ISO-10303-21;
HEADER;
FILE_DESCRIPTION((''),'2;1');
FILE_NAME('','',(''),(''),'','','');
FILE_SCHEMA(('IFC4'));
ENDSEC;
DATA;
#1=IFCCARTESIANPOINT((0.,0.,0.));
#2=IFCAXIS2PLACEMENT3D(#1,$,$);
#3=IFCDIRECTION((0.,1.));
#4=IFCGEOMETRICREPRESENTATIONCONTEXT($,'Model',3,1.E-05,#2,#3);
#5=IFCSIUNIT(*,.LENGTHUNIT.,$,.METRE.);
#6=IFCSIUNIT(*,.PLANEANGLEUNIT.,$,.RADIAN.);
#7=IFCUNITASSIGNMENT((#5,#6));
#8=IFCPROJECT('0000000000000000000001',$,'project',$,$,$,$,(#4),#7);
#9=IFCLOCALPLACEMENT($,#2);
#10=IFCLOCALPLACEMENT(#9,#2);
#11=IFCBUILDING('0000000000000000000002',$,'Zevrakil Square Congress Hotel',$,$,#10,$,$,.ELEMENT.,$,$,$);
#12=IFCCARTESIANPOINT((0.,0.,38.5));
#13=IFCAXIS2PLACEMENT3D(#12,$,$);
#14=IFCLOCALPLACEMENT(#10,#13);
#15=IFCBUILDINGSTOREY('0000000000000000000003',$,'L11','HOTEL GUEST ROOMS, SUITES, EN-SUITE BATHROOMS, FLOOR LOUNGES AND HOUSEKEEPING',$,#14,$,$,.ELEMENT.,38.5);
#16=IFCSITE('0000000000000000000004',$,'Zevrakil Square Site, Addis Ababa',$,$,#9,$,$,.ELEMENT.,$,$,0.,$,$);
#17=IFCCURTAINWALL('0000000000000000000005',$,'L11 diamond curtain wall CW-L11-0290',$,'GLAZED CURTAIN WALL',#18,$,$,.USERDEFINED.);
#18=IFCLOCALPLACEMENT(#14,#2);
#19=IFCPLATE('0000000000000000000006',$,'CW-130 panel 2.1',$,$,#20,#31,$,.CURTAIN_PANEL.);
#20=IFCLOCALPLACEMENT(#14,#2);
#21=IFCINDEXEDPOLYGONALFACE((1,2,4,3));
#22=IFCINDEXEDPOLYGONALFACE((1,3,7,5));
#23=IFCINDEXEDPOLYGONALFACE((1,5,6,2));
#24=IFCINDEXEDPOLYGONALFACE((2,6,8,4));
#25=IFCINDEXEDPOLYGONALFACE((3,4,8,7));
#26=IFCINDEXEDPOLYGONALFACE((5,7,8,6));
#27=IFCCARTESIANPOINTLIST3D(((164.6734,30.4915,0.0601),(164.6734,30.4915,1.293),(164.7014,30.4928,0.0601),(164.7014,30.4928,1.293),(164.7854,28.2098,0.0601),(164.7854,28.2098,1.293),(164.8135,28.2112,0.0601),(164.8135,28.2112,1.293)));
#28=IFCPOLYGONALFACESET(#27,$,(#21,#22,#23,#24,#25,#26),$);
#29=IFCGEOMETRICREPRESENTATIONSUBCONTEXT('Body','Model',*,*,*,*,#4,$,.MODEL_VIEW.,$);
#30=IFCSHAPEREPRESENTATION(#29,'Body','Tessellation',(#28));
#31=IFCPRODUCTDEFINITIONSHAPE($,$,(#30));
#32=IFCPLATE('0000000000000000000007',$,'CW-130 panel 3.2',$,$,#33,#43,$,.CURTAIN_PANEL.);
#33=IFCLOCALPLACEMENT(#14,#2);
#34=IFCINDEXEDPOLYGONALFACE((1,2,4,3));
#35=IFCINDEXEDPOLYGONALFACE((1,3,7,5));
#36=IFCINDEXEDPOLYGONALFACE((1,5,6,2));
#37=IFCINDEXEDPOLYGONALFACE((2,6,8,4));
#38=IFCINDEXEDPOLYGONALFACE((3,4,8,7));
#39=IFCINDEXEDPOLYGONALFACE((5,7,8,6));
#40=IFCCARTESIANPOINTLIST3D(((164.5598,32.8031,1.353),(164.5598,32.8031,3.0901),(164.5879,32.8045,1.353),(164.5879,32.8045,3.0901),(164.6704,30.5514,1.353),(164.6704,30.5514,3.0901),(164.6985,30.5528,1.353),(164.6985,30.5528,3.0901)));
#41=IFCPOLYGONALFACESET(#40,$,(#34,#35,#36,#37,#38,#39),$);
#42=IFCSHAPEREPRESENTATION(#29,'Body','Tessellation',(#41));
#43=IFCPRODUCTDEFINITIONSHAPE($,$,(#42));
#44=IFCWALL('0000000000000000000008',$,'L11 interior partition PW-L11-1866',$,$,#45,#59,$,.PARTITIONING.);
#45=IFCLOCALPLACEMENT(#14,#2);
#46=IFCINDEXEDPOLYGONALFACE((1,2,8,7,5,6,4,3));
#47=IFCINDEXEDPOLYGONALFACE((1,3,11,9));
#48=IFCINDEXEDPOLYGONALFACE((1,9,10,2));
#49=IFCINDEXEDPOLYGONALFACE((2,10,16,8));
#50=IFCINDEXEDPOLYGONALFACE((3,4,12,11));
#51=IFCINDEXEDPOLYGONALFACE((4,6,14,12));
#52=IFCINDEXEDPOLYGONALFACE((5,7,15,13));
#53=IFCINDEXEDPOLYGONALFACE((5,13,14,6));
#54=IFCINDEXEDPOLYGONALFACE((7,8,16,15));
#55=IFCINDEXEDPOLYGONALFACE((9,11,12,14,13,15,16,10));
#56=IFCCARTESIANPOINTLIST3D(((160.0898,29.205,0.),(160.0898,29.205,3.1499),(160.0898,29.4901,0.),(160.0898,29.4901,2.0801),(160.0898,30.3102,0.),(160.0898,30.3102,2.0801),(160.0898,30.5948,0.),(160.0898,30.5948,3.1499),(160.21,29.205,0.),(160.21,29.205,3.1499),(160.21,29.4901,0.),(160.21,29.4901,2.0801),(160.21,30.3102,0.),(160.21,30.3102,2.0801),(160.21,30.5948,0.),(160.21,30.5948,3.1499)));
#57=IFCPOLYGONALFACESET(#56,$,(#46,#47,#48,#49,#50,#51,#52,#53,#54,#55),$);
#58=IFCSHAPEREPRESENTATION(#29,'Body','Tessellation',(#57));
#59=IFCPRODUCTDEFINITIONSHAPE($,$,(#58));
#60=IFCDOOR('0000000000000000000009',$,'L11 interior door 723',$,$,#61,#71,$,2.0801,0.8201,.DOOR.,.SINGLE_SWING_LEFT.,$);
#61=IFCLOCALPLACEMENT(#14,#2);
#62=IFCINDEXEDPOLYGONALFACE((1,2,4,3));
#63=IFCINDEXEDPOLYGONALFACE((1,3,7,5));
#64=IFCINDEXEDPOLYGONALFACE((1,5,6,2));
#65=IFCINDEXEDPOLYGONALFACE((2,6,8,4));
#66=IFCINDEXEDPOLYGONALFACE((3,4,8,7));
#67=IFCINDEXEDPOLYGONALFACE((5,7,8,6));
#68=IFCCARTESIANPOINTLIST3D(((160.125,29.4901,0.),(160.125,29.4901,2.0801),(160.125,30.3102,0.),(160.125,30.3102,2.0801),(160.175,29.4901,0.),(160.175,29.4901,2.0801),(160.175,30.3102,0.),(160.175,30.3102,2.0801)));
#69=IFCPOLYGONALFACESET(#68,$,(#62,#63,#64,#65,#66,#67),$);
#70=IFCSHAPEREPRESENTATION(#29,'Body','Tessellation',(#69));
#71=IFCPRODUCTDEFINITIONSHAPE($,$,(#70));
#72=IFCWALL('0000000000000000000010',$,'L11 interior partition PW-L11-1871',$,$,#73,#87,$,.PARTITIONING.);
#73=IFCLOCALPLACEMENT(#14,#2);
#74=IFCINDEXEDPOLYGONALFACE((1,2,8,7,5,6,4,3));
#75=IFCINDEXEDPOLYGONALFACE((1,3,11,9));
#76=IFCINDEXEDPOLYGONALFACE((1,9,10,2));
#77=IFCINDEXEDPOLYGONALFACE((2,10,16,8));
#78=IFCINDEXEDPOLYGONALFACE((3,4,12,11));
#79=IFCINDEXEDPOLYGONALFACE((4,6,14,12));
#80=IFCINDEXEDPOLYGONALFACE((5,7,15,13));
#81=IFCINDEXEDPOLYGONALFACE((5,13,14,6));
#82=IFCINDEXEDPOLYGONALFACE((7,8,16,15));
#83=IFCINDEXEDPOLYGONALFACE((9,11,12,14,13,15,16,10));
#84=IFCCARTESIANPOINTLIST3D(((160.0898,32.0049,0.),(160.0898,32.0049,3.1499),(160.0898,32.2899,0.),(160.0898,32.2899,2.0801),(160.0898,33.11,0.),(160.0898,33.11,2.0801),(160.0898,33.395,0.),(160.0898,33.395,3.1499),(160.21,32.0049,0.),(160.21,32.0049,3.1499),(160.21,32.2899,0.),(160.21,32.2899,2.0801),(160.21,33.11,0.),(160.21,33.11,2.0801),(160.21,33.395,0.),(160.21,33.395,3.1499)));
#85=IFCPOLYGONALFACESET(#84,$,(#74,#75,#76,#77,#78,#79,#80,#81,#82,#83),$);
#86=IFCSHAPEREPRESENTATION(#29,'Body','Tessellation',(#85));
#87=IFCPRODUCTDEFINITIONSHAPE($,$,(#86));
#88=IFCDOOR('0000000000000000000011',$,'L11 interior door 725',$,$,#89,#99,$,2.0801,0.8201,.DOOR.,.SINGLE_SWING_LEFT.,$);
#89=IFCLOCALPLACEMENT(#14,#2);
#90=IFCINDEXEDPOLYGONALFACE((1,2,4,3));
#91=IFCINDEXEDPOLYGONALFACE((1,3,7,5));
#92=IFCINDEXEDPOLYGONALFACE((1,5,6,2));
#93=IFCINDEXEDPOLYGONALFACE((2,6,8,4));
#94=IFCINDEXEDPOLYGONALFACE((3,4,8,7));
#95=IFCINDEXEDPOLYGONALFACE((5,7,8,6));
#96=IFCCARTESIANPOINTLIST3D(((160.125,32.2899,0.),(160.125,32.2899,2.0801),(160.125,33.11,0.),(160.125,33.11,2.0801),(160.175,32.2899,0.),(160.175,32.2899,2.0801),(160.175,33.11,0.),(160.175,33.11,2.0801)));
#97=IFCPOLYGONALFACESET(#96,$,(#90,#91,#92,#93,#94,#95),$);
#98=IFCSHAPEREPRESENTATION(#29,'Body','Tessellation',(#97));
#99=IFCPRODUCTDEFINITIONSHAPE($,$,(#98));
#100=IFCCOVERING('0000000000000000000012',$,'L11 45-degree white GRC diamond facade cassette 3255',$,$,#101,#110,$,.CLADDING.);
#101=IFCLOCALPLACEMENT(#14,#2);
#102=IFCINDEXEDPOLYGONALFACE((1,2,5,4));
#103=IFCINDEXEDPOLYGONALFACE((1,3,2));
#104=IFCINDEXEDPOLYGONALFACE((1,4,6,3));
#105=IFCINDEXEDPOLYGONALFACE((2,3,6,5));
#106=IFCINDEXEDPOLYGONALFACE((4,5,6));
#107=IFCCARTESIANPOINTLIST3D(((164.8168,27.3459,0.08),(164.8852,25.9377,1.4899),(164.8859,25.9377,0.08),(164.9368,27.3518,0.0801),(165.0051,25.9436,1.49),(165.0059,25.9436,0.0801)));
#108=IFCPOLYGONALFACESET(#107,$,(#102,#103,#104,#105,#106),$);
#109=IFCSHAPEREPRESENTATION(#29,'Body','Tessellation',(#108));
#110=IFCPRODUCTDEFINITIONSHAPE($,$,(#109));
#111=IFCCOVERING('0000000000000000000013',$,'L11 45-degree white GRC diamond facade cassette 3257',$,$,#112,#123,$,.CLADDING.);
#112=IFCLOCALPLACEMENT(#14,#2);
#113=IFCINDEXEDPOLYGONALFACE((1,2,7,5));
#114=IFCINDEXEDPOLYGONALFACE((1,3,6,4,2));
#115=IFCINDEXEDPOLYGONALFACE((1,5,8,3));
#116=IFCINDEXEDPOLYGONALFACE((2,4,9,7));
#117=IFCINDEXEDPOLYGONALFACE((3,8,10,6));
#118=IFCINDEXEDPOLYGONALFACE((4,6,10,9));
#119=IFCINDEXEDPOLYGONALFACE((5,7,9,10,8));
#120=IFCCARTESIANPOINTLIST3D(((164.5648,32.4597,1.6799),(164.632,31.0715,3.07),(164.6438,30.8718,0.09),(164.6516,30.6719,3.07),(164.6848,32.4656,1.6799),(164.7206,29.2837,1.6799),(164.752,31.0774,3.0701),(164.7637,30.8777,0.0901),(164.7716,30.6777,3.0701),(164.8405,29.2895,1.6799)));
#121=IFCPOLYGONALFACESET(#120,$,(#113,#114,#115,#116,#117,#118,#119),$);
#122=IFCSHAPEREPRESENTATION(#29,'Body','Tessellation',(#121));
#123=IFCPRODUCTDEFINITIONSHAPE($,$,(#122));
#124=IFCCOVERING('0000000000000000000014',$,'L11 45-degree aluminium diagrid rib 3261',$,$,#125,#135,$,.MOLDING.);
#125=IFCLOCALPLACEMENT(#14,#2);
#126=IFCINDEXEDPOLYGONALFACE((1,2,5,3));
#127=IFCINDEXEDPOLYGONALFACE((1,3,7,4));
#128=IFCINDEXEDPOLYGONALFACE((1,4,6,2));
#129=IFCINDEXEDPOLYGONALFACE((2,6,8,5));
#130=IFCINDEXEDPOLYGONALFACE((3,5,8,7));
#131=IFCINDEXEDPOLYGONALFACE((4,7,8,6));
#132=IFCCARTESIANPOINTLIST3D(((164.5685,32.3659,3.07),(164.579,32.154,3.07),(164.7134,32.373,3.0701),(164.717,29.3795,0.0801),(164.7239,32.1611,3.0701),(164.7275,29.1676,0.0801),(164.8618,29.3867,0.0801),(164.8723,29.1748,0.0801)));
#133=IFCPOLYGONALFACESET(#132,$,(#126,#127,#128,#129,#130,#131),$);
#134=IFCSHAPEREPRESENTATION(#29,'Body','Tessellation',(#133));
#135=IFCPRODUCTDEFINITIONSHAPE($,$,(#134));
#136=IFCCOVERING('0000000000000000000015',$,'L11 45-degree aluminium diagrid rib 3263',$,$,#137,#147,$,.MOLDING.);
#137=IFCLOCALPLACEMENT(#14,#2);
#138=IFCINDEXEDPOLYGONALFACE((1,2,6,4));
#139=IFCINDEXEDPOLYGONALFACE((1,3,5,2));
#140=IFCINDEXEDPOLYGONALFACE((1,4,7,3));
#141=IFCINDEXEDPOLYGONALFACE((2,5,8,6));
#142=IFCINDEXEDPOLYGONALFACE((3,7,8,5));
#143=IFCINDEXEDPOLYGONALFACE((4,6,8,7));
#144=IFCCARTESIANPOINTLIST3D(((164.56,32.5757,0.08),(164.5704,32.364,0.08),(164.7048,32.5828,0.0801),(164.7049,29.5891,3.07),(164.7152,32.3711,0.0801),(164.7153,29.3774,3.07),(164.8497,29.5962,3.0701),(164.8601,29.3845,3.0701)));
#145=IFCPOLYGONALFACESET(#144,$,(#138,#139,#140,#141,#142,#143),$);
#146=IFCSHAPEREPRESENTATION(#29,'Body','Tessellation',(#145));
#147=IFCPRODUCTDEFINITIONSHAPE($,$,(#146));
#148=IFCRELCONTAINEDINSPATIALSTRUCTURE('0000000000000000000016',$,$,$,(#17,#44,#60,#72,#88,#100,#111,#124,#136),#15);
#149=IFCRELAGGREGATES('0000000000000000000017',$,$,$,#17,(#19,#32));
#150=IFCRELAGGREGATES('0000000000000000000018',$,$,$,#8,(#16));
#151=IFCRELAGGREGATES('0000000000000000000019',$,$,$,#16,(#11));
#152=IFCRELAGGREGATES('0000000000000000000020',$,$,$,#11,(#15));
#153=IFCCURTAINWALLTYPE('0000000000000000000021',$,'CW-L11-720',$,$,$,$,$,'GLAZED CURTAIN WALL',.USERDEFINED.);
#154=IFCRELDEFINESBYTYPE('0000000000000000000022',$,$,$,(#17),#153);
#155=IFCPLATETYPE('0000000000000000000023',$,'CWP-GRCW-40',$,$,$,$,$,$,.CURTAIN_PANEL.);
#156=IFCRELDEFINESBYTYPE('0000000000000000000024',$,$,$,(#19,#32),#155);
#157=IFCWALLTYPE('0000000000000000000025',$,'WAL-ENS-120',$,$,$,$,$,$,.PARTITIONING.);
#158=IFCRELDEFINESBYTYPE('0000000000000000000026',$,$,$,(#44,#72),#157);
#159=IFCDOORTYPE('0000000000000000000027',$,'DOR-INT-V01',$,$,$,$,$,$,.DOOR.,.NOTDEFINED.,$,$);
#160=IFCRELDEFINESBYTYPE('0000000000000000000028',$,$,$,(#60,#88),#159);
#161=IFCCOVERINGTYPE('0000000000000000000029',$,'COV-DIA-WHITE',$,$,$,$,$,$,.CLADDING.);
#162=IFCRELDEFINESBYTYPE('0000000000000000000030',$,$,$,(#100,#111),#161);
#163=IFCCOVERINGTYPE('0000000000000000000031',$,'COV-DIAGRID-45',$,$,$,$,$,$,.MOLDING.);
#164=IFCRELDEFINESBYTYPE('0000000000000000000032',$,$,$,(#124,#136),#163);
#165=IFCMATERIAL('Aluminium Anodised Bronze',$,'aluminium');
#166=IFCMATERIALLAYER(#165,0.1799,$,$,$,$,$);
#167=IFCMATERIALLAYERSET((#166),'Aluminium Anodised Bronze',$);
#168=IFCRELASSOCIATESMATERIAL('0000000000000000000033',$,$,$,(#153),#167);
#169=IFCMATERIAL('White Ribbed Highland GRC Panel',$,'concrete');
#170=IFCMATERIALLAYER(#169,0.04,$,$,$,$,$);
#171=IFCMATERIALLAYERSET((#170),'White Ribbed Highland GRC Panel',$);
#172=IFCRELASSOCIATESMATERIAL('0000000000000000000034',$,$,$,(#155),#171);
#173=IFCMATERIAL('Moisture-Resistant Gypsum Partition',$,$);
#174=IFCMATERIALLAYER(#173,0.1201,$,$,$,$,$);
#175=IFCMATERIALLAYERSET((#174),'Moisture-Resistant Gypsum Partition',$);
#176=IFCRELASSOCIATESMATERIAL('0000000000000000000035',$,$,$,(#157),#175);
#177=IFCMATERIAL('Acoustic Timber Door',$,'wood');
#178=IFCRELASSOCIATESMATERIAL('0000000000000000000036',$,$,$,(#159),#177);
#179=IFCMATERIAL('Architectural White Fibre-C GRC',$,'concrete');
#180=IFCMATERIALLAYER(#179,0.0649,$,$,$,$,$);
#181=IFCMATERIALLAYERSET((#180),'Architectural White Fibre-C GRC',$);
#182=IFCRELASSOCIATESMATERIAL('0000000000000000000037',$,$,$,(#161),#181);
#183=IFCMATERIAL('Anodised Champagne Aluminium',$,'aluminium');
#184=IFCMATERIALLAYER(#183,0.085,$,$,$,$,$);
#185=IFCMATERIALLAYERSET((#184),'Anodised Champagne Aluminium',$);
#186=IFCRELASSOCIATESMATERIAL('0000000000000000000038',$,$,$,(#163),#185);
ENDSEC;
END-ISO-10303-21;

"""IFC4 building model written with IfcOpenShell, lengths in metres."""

from ifc_helpers import new_model, si_unit, direction, frame, frame_2d, origin, origin_2d, place, context, subcontext, project, spatial, polyline, rectangle, outline, extrude, material, layer, layer_set, type_object, element, fill, aggregate, save


model = new_model("IFC4")

# Units and contexts
model_context = context("Model", 3, precision=1e-05, world=origin(), true_north=direction((0.0, 1.0)))
body_context = subcontext(model_context, "Body", "Model", "MODEL_VIEW")
ifc_project = project(units=[si_unit("LENGTHUNIT", "METRE"), si_unit("PLANEANGLEUNIT", "RADIAN")], contexts=[model_context])

# Site, building, storey
site_placement = place(None, origin())
site = spatial("IfcSite", under=ifc_project, at=site_placement, Name="Zevrakil Square Site, Addis Ababa", CompositionType="ELEMENT", RefElevation=0.0)
building_placement = place(site_placement, origin())
building = spatial("IfcBuilding", under=site, at=building_placement, Name="Zevrakil Square Congress Hotel", CompositionType="ELEMENT")
storey_placement = place(building_placement, frame((0.0, 0.0, 38.5)))
storey = spatial("IfcBuildingStorey", under=building, at=storey_placement, Name="L11", Description="HOTEL GUEST ROOMS, SUITES, EN-SUITE BATHROOMS, FLOOR LOUNGES AND HOUSEKEEPING", CompositionType="ELEMENT", Elevation=38.5)

# Curtain wall
ifc_material_1 = material(Name="Aluminium Anodised Bronze", Category="aluminium")
ifc_layer_1 = layer(ifc_material_1, 0.1799)
ifc_layer_set_1 = layer_set([ifc_layer_1], Name="Aluminium Anodised Bronze")
curtain_wall_type = type_object("IfcCurtainWallType", Name="CW-L11-720", ElementType="GLAZED CURTAIN WALL", PredefinedType="USERDEFINED", material=ifc_layer_set_1)
curtain_wall_placement = place(storey_placement, origin())
curtain_wall = element("IfcCurtainWall", 1, at=curtain_wall_placement, inside=storey, type_object=curtain_wall_type, Name="L11 diamond curtain wall CW-L11-0290", ObjectType="GLAZED CURTAIN WALL", PredefinedType="USERDEFINED")

# Plates
ifc_material_2 = material(Name="White Ribbed Highland GRC Panel", Category="concrete")
ifc_layer_2 = layer(ifc_material_2, 0.04)
ifc_layer_set_2 = layer_set([ifc_layer_2], Name="White Ribbed Highland GRC Panel")
plate_type_1 = type_object("IfcPlateType", Name="CWP-GRCW-40", PredefinedType="CURTAIN_PANEL", material=ifc_layer_set_2)
plate_1_placement = place(storey_placement, frame((164.7434, 29.3513, 0.0601), z_axis=(0.0, 0.0, 1.0), x_axis=(-0.049053, 0.998796, 0.0)))
plate_1 = element("IfcPlate", 2, at=plate_1_placement, type_object=plate_type_1, Name="CW-130 panel 2.1", PredefinedType="CURTAIN_PANEL", context=body_context, shape_type="SweptSolid", body=[
    extrude(rectangle(XDim=2.2844, YDim=0.0281, at=origin_2d()), origin(), (0.0, 0.0, 1.0), 1.2329),
])
plate_2_placement = place(storey_placement, frame((164.6292, 31.678, 1.353), z_axis=(0.0, 0.0, 1.0), x_axis=(-0.049053, 0.998796, 0.0)))
plate_2 = element("IfcPlate", 3, at=plate_2_placement, type_object=plate_type_1, Name="CW-130 panel 3.2", PredefinedType="CURTAIN_PANEL", context=body_context, shape_type="SweptSolid", body=[
    extrude(rectangle(XDim=2.2544, YDim=0.0281, at=origin_2d()), origin(), (0.0, 0.0, 1.0), 1.7371),
])
aggregate(curtain_wall, [plate_1, plate_2])

# Walls, openings, doors
ifc_material_3 = material(Name="Moisture-Resistant Gypsum Partition")
ifc_layer_3 = layer(ifc_material_3, 0.1201)
ifc_layer_set_3 = layer_set([ifc_layer_3], Name="Moisture-Resistant Gypsum Partition")
wall_type = type_object("IfcWallType", Name="WAL-ENS-120", PredefinedType="PARTITIONING", material=ifc_layer_set_3)
wall_1_placement = place(storey_placement, frame((160.1499, 29.2051, 0.0), z_axis=(0.0, 0.0, 1.0), x_axis=(0.0, 1.0, 0.0)))
wall_1 = element("IfcWall", 4, at=wall_1_placement, inside=storey, type_object=wall_type, Name="L11 interior partition PW-L11-1866", PredefinedType="PARTITIONING", context=body_context, shape_type="SweptSolid", body=[
    extrude(rectangle(XDim=1.3899, YDim=0.1201, at=frame_2d((0.6948, 0.0))), origin(), (0.0, 0.0, 1.0), 3.1499),
])
opening_1_placement = place(wall_1_placement, frame((0.2849, 0.0, 0.0)))
opening_1 = element("IfcOpeningElement", 5, at=opening_1_placement, cuts=wall_1, PredefinedType="OPENING", context=body_context, shape_type="SweptSolid", body=[
    extrude(rectangle(XDim=0.8201, YDim=2.0801, at=frame_2d((0.4102, 1.04))), frame((0.0, 0.0701, 0.0), z_axis=(0.0, -1.0, 0.0), x_axis=(1.0, 0.0, 0.0)), (0.0, 0.0, 1.0), 0.1401),
])
ifc_material_4 = material(Name="Acoustic Timber Door", Category="wood")
door_type = type_object("IfcDoorType", Name="DOR-INT-V01", OperationType="NOTDEFINED", PredefinedType="DOOR", material=ifc_material_4)
door_1_placement = place(opening_1_placement, origin())
door_1 = element("IfcDoor", 6, at=door_1_placement, inside=storey, type_object=door_type, Name="L11 interior door 723", OperationType="SINGLE_SWING_LEFT", OverallHeight=2.0801, OverallWidth=0.8201, PredefinedType="DOOR", context=body_context, shape_type="SweptSolid", body=[
    extrude(rectangle(XDim=0.8201, YDim=2.0801, at=frame_2d((0.4102, 1.04))), frame((0.0, 0.0249, 0.0), z_axis=(0.0, -1.0, 0.0), x_axis=(1.0, 0.0, 0.0)), (0.0, 0.0, 1.0), 0.05),
])
fill(opening_1, door_1)
wall_2_placement = place(storey_placement, frame((160.1499, 32.0049, 0.0), z_axis=(0.0, 0.0, 1.0), x_axis=(0.0, 1.0, 0.0)))
wall_2 = element("IfcWall", 7, at=wall_2_placement, inside=storey, type_object=wall_type, Name="L11 interior partition PW-L11-1871", PredefinedType="PARTITIONING", context=body_context, shape_type="SweptSolid", body=[
    extrude(rectangle(XDim=1.3901, YDim=0.1201, at=frame_2d((0.6951, 0.0))), origin(), (0.0, 0.0, 1.0), 3.1499),
])
opening_2_placement = place(wall_2_placement, frame((0.2849, 0.0, 0.0)))
opening_2 = element("IfcOpeningElement", 8, at=opening_2_placement, cuts=wall_2, PredefinedType="OPENING", context=body_context, shape_type="SweptSolid", body=[
    extrude(rectangle(XDim=0.8201, YDim=2.0801, at=frame_2d((0.4102, 1.04))), frame((0.0, 0.0701, 0.0), z_axis=(0.0, -1.0, 0.0), x_axis=(1.0, 0.0, 0.0)), (0.0, 0.0, 1.0), 0.1401),
])
door_2_placement = place(opening_2_placement, origin())
door_2 = element("IfcDoor", 9, at=door_2_placement, inside=storey, type_object=door_type, Name="L11 interior door 725", OperationType="SINGLE_SWING_LEFT", OverallHeight=2.0801, OverallWidth=0.8201, PredefinedType="DOOR", context=body_context, shape_type="SweptSolid", body=[
    extrude(rectangle(XDim=0.8201, YDim=2.0801, at=frame_2d((0.4102, 1.04))), frame((0.0, 0.0249, 0.0), z_axis=(0.0, -1.0, 0.0), x_axis=(1.0, 0.0, 0.0)), (0.0, 0.0, 1.0), 0.05),
])
fill(opening_2, door_2)

# Coverings
ifc_material_5 = material(Name="Architectural White Fibre-C GRC", Category="concrete")
ifc_layer_4 = layer(ifc_material_5, 0.0649)
ifc_layer_set_4 = layer_set([ifc_layer_4], Name="Architectural White Fibre-C GRC")
covering_type_1 = type_object("IfcCoveringType", Name="COV-DIA-WHITE", PredefinedType="CLADDING", material=ifc_layer_set_4)
covering_1_placement = place(storey_placement, frame((164.9368, 27.3518, 0.0801), z_axis=(0.998798, 0.049005, 0.000519), x_axis=(0.049005, -0.998799, 0.0)))
element("IfcCovering", 10, at=covering_1_placement, inside=storey, type_object=covering_type_1, Name="L11 45-degree white GRC diamond facade cassette 3255", PredefinedType="CLADDING", context=body_context, shape_type="SweptSolid", body=[
    extrude(outline(polyline([(0.0, 0.0), (1.4099, 0.0), (1.4099, -1.4099), (0.0, 0.0)])), origin(), (0.0, 0.0, -1.0), 0.1201),
])
covering_2_placement = place(storey_placement, frame((164.6848, 32.4656, 1.6799), z_axis=(0.9988, 0.048975, 0.000659), x_axis=(0.035096, -0.706236, -0.707106)))
element("IfcCovering", 11, at=covering_2_placement, inside=storey, type_object=covering_type_1, Name="L11 45-degree white GRC diamond facade cassette 3257", PredefinedType="CLADDING", context=body_context, shape_type="SweptSolid", body=[
    extrude(outline(polyline([(0.0, 0.0), (2.2484, 0.0), (2.2485, -2.2485), (0.2827, -2.2487), (-0.0002, -1.9657), (0.0, 0.0)])), origin(), (0.0, 0.0, -1.0), 0.1201),
])
ifc_material_6 = material(Name="Anodised Champagne Aluminium", Category="aluminium")
ifc_layer_5 = layer(ifc_material_6, 0.085)
ifc_layer_set_5 = layer_set([ifc_layer_5], Name="Anodised Champagne Aluminium")
covering_type_2 = type_object("IfcCoveringType", Name="COV-DIAGRID-45", PredefinedType="MOLDING", material=ifc_layer_set_5)
covering_3_placement = place(storey_placement, frame((164.8618, 29.3867, 0.0801), z_axis=(0.998775, 0.049478, 0.000166), x_axis=(0.049478, -0.998775, 0.0)))
element("IfcCovering", 12, at=covering_3_placement, inside=storey, type_object=covering_type_2, Name="L11 45-degree aluminium diagrid rib 3261", PredefinedType="MOLDING", context=body_context, shape_type="SweptSolid", body=[
    extrude(outline(polyline([(0.0, 0.0), (0.2122, 0.0), (-2.7778, -2.99), (-2.99, -2.99), (0.0, 0.0)])), origin(), (0.0, 0.0, -1.0), 0.145),
])
covering_4_placement = place(storey_placement, frame((164.8601, 29.3845, 3.0701), z_axis=(0.998801, 0.048961, 0.000502), x_axis=(-0.048961, 0.998801, 0.0)))
element("IfcCovering", 13, at=covering_4_placement, inside=storey, type_object=covering_type_2, Name="L11 45-degree aluminium diagrid rib 3263", PredefinedType="MOLDING", context=body_context, shape_type="SweptSolid", body=[
    extrude(outline(polyline([(0.0, 0.0), (0.2119, 0.0), (3.202, -2.99), (2.9901, -2.99), (0.0, 0.0)])), origin(), (0.0, 0.0, -1.0), 0.145),
])

save(model, "model.ifc")
